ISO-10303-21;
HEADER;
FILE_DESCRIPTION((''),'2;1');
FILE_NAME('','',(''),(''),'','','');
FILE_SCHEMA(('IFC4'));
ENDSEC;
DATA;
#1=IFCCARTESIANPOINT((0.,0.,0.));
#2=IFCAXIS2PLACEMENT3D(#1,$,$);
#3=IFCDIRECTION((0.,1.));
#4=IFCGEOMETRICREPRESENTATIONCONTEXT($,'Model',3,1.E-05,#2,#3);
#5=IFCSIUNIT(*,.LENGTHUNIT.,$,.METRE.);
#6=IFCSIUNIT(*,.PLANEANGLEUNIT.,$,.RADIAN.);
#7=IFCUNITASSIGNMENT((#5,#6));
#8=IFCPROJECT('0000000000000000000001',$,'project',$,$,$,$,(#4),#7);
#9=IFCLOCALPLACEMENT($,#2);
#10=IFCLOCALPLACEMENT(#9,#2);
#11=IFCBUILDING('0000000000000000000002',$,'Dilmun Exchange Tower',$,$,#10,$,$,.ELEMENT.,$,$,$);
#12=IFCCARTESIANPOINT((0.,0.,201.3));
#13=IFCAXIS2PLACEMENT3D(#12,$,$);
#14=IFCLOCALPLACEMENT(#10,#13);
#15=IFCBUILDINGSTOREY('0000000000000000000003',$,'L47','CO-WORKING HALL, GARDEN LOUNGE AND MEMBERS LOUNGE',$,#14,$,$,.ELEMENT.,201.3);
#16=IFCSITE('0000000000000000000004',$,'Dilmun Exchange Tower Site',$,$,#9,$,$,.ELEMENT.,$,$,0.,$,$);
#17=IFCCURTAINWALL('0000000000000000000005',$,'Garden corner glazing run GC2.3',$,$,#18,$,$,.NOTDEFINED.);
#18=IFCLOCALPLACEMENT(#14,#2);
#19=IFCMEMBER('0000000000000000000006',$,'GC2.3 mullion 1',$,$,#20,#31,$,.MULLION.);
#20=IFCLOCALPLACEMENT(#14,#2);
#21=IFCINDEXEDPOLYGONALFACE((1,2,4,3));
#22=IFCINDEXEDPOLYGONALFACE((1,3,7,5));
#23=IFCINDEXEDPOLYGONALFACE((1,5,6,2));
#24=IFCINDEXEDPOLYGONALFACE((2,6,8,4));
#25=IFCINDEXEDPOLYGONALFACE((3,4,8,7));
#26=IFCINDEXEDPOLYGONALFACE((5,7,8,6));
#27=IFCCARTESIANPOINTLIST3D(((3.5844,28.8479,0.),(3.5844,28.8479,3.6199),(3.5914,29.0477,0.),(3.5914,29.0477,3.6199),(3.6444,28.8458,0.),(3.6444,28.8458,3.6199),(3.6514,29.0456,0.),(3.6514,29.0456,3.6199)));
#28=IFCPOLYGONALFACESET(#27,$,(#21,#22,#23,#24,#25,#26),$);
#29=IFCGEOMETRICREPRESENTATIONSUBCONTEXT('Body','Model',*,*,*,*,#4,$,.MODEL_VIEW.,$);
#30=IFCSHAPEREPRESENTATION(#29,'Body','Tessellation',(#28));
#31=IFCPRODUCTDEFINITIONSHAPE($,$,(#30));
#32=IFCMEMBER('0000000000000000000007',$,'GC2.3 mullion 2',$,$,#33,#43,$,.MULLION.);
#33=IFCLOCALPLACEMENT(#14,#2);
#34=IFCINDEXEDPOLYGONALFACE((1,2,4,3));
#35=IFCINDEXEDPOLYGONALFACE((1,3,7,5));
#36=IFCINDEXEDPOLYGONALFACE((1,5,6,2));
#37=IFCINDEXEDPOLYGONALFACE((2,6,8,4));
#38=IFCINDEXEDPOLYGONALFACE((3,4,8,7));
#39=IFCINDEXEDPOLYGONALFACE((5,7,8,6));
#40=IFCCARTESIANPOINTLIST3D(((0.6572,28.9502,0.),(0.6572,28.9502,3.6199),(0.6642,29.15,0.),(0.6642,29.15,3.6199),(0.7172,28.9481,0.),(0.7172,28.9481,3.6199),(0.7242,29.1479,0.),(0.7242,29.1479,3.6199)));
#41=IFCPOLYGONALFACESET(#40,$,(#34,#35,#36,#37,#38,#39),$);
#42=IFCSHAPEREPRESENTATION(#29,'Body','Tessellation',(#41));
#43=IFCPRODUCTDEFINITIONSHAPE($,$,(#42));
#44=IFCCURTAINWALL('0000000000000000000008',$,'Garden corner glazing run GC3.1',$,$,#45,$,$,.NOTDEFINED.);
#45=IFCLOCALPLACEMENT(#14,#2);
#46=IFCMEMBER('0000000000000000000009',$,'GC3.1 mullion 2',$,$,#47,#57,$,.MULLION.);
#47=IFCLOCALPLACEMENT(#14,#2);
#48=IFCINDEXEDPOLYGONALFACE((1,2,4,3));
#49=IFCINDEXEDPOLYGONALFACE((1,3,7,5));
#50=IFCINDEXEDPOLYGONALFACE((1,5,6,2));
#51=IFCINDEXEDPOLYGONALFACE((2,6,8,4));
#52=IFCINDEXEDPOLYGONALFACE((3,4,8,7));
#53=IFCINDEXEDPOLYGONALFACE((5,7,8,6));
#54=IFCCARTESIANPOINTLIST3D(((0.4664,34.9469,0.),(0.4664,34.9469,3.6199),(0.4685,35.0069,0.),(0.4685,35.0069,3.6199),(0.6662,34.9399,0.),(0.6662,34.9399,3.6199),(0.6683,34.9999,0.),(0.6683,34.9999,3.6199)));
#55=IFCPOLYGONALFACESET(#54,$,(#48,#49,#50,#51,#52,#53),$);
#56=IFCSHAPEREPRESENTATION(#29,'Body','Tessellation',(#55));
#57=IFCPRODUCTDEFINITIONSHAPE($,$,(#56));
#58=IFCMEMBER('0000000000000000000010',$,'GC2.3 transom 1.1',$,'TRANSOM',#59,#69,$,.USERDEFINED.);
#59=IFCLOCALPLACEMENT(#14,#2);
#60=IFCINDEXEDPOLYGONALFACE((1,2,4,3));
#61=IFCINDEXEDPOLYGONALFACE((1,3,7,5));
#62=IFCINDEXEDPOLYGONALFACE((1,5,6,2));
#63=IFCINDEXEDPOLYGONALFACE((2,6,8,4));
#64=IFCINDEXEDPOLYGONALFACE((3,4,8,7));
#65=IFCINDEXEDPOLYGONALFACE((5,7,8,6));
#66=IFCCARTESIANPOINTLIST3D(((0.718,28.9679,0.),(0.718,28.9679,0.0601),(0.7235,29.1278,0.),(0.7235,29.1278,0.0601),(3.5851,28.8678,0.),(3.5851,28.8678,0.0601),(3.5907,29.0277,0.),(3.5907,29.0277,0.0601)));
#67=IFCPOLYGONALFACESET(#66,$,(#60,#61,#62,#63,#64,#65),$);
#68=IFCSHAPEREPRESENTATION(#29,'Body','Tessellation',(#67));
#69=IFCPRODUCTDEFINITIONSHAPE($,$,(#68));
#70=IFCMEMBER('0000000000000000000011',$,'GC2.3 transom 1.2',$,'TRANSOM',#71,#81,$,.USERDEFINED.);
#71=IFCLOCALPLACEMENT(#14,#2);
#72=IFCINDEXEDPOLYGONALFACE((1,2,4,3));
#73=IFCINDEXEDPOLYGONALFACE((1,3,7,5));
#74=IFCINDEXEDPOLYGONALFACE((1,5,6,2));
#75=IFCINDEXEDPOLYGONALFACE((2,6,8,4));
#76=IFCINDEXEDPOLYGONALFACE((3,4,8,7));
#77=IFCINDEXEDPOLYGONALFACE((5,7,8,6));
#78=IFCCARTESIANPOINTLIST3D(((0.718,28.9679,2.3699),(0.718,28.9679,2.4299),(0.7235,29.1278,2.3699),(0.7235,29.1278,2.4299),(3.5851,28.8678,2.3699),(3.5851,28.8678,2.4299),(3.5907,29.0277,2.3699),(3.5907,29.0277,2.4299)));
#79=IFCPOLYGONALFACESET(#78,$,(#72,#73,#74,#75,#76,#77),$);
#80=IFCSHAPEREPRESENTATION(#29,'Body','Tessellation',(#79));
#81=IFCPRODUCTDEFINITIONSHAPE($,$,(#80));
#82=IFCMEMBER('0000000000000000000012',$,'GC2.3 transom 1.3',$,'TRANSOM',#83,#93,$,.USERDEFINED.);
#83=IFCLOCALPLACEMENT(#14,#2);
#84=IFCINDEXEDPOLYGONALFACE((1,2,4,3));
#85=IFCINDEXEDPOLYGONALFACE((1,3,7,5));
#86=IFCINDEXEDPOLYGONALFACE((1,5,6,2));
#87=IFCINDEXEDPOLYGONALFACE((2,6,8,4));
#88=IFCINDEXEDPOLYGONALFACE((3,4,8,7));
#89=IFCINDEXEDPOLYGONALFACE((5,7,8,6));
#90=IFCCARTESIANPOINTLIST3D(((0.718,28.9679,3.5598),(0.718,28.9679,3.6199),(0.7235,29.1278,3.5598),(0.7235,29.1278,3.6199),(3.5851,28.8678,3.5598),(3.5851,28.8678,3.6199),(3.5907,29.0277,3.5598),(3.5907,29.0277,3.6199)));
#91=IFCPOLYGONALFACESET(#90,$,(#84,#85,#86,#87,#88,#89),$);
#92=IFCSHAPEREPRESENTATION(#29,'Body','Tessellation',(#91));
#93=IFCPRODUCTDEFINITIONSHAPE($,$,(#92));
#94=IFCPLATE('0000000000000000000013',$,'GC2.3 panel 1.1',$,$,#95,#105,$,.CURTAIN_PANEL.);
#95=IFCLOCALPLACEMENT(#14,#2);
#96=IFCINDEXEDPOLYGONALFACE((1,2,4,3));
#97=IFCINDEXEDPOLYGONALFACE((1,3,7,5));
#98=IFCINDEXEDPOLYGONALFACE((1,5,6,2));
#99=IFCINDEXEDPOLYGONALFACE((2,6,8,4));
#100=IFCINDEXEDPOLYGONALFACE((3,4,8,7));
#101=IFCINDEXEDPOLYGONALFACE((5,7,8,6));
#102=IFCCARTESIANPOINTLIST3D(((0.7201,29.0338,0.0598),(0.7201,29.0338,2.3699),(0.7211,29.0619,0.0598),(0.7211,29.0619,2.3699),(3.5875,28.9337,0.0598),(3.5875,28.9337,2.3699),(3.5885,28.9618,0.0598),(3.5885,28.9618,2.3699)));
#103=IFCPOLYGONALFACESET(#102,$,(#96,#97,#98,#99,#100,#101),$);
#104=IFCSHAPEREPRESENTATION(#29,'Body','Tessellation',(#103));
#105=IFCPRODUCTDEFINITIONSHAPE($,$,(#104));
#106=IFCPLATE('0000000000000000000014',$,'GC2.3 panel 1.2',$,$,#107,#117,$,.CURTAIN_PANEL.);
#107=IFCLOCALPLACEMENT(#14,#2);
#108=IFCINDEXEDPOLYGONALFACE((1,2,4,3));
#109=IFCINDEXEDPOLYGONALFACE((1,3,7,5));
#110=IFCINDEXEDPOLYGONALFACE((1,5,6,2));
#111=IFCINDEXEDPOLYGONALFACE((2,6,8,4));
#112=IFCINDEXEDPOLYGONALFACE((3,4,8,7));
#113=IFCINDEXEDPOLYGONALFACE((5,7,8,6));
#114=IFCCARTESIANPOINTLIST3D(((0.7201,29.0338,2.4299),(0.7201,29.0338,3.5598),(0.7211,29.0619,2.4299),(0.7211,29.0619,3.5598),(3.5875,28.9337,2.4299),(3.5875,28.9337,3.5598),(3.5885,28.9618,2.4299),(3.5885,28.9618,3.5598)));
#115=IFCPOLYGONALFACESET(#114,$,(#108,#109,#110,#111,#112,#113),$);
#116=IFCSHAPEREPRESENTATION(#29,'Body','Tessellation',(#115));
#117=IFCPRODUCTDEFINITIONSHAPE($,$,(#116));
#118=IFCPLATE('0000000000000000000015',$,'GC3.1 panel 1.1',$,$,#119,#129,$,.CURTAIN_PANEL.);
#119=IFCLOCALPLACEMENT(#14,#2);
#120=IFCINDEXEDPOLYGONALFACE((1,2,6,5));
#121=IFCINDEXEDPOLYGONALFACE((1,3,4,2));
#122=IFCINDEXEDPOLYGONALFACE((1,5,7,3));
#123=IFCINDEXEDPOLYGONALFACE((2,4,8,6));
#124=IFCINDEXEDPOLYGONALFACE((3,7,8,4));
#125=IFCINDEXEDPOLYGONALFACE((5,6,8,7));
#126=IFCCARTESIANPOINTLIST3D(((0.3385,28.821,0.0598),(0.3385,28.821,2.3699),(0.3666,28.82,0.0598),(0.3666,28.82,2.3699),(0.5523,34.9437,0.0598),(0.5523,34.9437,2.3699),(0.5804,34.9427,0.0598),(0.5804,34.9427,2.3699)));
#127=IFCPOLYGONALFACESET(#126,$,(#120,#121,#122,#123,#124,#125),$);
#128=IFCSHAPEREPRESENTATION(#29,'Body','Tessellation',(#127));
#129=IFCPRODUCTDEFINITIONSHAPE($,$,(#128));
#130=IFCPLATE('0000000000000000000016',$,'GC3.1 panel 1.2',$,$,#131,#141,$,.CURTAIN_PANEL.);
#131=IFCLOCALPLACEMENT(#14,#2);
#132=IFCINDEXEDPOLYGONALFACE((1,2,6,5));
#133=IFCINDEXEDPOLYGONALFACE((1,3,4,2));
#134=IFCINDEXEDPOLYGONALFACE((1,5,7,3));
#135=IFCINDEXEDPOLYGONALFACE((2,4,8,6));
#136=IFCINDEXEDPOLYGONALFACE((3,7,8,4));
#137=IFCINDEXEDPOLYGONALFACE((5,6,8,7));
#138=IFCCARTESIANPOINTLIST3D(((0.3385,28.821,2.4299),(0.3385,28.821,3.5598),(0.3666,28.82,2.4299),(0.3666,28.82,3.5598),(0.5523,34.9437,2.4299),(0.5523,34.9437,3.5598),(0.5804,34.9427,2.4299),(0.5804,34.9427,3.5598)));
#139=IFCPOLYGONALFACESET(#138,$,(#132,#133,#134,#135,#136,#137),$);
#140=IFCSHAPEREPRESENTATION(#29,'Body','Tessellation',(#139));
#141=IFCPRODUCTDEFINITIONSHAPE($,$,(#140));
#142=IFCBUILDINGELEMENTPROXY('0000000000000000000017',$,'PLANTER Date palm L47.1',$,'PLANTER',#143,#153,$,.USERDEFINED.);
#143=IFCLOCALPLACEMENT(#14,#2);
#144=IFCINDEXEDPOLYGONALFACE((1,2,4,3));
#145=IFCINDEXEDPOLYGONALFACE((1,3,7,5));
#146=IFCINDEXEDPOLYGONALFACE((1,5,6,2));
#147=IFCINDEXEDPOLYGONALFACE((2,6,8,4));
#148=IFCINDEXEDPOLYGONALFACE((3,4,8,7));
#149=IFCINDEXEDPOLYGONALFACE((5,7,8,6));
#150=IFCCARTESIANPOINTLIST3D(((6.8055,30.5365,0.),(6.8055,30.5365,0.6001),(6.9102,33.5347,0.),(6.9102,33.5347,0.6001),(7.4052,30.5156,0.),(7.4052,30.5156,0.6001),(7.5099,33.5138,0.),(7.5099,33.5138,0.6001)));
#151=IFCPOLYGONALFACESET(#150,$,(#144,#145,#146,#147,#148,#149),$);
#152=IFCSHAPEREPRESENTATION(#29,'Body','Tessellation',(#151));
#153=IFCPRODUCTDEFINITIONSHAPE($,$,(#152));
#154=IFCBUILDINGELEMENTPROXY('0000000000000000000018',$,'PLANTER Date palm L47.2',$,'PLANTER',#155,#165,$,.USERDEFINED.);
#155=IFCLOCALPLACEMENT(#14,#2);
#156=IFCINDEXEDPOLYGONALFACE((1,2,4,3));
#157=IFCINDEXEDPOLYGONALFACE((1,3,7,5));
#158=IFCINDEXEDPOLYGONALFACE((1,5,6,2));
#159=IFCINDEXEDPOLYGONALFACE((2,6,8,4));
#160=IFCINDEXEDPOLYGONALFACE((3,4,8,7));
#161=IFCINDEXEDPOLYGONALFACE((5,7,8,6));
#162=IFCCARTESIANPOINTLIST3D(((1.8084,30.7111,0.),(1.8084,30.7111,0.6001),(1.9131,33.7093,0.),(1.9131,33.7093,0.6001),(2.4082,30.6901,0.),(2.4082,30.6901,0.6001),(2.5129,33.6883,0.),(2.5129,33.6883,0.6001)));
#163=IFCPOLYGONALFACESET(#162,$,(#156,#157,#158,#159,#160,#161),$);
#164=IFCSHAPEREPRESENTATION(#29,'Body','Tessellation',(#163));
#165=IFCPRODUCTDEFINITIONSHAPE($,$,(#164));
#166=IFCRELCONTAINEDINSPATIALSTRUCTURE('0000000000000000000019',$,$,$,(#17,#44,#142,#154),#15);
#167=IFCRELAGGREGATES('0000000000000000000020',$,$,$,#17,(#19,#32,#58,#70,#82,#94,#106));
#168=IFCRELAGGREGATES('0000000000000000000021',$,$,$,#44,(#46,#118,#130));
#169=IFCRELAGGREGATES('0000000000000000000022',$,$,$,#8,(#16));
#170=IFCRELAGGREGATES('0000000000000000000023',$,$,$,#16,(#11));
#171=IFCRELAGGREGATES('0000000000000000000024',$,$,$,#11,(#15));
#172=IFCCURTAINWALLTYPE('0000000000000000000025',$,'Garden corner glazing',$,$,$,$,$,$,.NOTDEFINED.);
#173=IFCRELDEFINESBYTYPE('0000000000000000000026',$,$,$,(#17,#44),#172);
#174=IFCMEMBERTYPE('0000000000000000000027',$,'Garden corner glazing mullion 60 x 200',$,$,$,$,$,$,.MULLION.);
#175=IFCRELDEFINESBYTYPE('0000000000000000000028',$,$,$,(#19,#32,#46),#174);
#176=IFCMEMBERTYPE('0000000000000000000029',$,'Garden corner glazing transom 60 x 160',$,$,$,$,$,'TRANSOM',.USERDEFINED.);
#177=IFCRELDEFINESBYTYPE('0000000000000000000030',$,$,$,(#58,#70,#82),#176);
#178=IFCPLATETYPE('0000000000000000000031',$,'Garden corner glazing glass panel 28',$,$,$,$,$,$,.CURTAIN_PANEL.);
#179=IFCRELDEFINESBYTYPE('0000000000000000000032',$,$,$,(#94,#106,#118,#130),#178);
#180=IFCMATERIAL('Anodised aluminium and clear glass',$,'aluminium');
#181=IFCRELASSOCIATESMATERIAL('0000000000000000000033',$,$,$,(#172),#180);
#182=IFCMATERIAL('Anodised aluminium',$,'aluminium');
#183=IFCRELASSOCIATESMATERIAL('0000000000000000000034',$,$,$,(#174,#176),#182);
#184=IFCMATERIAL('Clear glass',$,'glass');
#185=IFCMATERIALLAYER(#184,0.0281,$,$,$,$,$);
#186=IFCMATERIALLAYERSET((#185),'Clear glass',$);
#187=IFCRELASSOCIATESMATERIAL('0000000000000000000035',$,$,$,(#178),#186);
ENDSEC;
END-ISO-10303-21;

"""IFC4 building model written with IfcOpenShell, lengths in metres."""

from ifc_helpers import new_model, si_unit, direction, frame, origin, origin_2d, place, context, subcontext, project, spatial, rectangle, extrude, material, layer, layer_set, material_profile, profile_set, type_object, element, aggregate, save


model = new_model("IFC4")

# Units and contexts
model_context = context("Model", 3, precision=1e-05, world=origin(), true_north=direction((0.0, 1.0)))
body_context = subcontext(model_context, "Body", "Model", "MODEL_VIEW")
ifc_project = project(units=[si_unit("LENGTHUNIT", "METRE"), si_unit("PLANEANGLEUNIT", "RADIAN")], contexts=[model_context])

# Site, building, storey
site_placement = place(None, origin())
site = spatial("IfcSite", under=ifc_project, at=site_placement, Name="Dilmun Exchange Tower Site", CompositionType="ELEMENT", RefElevation=0.0)
building_placement = place(site_placement, origin())
building = spatial("IfcBuilding", under=site, at=building_placement, Name="Dilmun Exchange Tower", CompositionType="ELEMENT")
storey_placement = place(building_placement, frame((0.0, 0.0, 201.3)))
storey = spatial("IfcBuildingStorey", under=building, at=storey_placement, Name="L47", Description="CO-WORKING HALL, GARDEN LOUNGE AND MEMBERS LOUNGE", CompositionType="ELEMENT", Elevation=201.3)

# Curtain wall, members
ifc_material_1 = material(Name="Anodised aluminium and clear glass", Category="aluminium")
curtain_wall_type = type_object("IfcCurtainWallType", Name="Garden corner glazing", PredefinedType="NOTDEFINED", material=ifc_material_1)
curtain_wall_1_placement = place(storey_placement, origin())
curtain_wall_1 = element("IfcCurtainWall", 1, at=curtain_wall_1_placement, inside=storey, type_object=curtain_wall_type, Name="Garden corner glazing run GC2.3", PredefinedType="NOTDEFINED")
ifc_material_2 = material(Name="Anodised aluminium", Category="aluminium")
ifc_material_profile_1 = material_profile(ifc_material_2, rectangle(XDim=0.2, YDim=0.0601, at=origin_2d()), Name="AL 60x200")
ifc_profile_set_1 = profile_set([ifc_material_profile_1], Name="Anodised aluminium")
member_type_1 = type_object("IfcMemberType", Name="Garden corner glazing mullion 60 x 200", PredefinedType="MULLION", material=ifc_profile_set_1)
member_1_placement = place(storey_placement, frame((3.6179, 28.9468, 0.0), z_axis=(0.0, 0.0, 1.0), x_axis=(-0.034894, -0.999391, 0.0)))
member_1 = element("IfcMember", 2, at=member_1_placement, type_object=member_type_1, Name="GC2.3 mullion 1", PredefinedType="MULLION", context=body_context, shape_type="SweptSolid", body=[
    extrude(rectangle(XDim=0.2, YDim=0.0601, at=origin_2d()), origin(), (0.0, 0.0, 1.0), 3.6199),
])
member_2_placement = place(storey_placement, frame((0.6907, 29.0491, 0.0), z_axis=(0.0, 0.0, 1.0), x_axis=(-0.034894, -0.999391, 0.0)))
member_2 = element("IfcMember", 3, at=member_2_placement, type_object=member_type_1, Name="GC2.3 mullion 2", PredefinedType="MULLION", context=body_context, shape_type="SweptSolid", body=[
    extrude(rectangle(XDim=0.2, YDim=0.0601, at=origin_2d()), origin(), (0.0, 0.0, 1.0), 3.6199),
])

# Curtain wall, member
curtain_wall_2_placement = place(storey_placement, origin())
curtain_wall_2 = element("IfcCurtainWall", 4, at=curtain_wall_2_placement, inside=storey, type_object=curtain_wall_type, Name="Garden corner glazing run GC3.1", PredefinedType="NOTDEFINED")
member_3_placement = place(storey_placement, frame((0.5674, 34.9734, 0.0), z_axis=(0.0, 0.0, 1.0), x_axis=(-0.999391, 0.0349, 0.0)))
member_3 = element("IfcMember", 5, at=member_3_placement, type_object=member_type_1, Name="GC3.1 mullion 2", PredefinedType="MULLION", context=body_context, shape_type="SweptSolid", body=[
    extrude(rectangle(XDim=0.2, YDim=0.0601, at=origin_2d()), origin(), (0.0, 0.0, 1.0), 3.6199),
])

# Members
ifc_material_profile_2 = material_profile(ifc_material_2, rectangle(XDim=0.1599, YDim=0.0601, at=origin_2d()), Name="AL 60x160")
ifc_profile_set_2 = profile_set([ifc_material_profile_2], Name="Anodised aluminium")
member_type_2 = type_object("IfcMemberType", Name="Garden corner glazing transom 60 x 160", ElementType="TRANSOM", PredefinedType="USERDEFINED", material=ifc_profile_set_2)
member_4_placement = place(storey_placement, frame((3.5879, 28.9478, 0.03), z_axis=(-0.999391, 0.03489, 0.0), x_axis=(-0.03489, -0.999391, 0.0)))
member_4 = element("IfcMember", 6, at=member_4_placement, type_object=member_type_2, Name="GC2.3 transom 1.1", ObjectType="TRANSOM", PredefinedType="USERDEFINED", context=body_context, shape_type="SweptSolid", body=[
    extrude(rectangle(XDim=0.1599, YDim=0.0601, at=origin_2d()), origin(), (0.0, 0.0, 1.0), 2.8689),
])
member_5_placement = place(storey_placement, frame((3.5879, 28.9478, 2.3999), z_axis=(-0.999391, 0.03489, 0.0), x_axis=(-0.03489, -0.999391, 0.0)))
member_5 = element("IfcMember", 7, at=member_5_placement, type_object=member_type_2, Name="GC2.3 transom 1.2", ObjectType="TRANSOM", PredefinedType="USERDEFINED", context=body_context, shape_type="SweptSolid", body=[
    extrude(rectangle(XDim=0.1599, YDim=0.0601, at=origin_2d()), origin(), (0.0, 0.0, 1.0), 2.8689),
])
member_6_placement = place(storey_placement, frame((3.5879, 28.9478, 3.5898), z_axis=(-0.999391, 0.03489, 0.0), x_axis=(-0.03489, -0.999391, 0.0)))
member_6 = element("IfcMember", 8, at=member_6_placement, type_object=member_type_2, Name="GC2.3 transom 1.3", ObjectType="TRANSOM", PredefinedType="USERDEFINED", context=body_context, shape_type="SweptSolid", body=[
    extrude(rectangle(XDim=0.1599, YDim=0.0601, at=origin_2d()), origin(), (0.0, 0.0, 1.0), 2.8689),
])

# Plates
ifc_material_3 = material(Name="Clear glass", Category="glass")
ifc_layer_1 = layer(ifc_material_3, 0.0281)
ifc_layer_set_1 = layer_set([ifc_layer_1], Name="Clear glass")
plate_type = type_object("IfcPlateType", Name="Garden corner glazing glass panel 28", PredefinedType="CURTAIN_PANEL", material=ifc_layer_set_1)
plate_1_placement = place(storey_placement, frame((2.1543, 28.9978, 0.0598), z_axis=(0.0, 0.0, 1.0), x_axis=(-0.999391, 0.034894, 0.0)))
plate_1 = element("IfcPlate", 9, at=plate_1_placement, type_object=plate_type, Name="GC2.3 panel 1.1", PredefinedType="CURTAIN_PANEL", context=body_context, shape_type="SweptSolid", body=[
    extrude(rectangle(XDim=2.8691, YDim=0.0281, at=origin_2d()), origin(), (0.0, 0.0, 1.0), 2.3101),
])
plate_2_placement = place(storey_placement, frame((2.1543, 28.9978, 2.4299), z_axis=(0.0, 0.0, 1.0), x_axis=(-0.999391, 0.034894, 0.0)))
plate_2 = element("IfcPlate", 10, at=plate_2_placement, type_object=plate_type, Name="GC2.3 panel 1.2", PredefinedType="CURTAIN_PANEL", context=body_context, shape_type="SweptSolid", body=[
    extrude(rectangle(XDim=2.8691, YDim=0.0281, at=origin_2d()), origin(), (0.0, 0.0, 1.0), 1.1299),
])
aggregate(curtain_wall_1, [member_1, member_2, member_4, member_5, member_6, plate_1, plate_2])
plate_3_placement = place(storey_placement, frame((0.4595, 31.8818, 0.0598), z_axis=(0.0, 0.0, 1.0), x_axis=(0.0349, 0.999391, 0.0)))
plate_3 = element("IfcPlate", 11, at=plate_3_placement, type_object=plate_type, Name="GC3.1 panel 1.1", PredefinedType="CURTAIN_PANEL", context=body_context, shape_type="SweptSolid", body=[
    extrude(rectangle(XDim=6.1265, YDim=0.0281, at=origin_2d()), origin(), (0.0, 0.0, 1.0), 2.3101),
])
plate_4_placement = place(storey_placement, frame((0.4595, 31.8818, 2.4299), z_axis=(0.0, 0.0, 1.0), x_axis=(0.0349, 0.999391, 0.0)))
plate_4 = element("IfcPlate", 12, at=plate_4_placement, type_object=plate_type, Name="GC3.1 panel 1.2", PredefinedType="CURTAIN_PANEL", context=body_context, shape_type="SweptSolid", body=[
    extrude(rectangle(XDim=6.1265, YDim=0.0281, at=origin_2d()), origin(), (0.0, 0.0, 1.0), 1.1299),
])
aggregate(curtain_wall_2, [member_3, plate_3, plate_4])

# Building element proxies
for number, where, z_axis, x_axis, name in (
    (13, (7.1577, 32.0251, 0.0), (0.0, 0.0, 1.0), (0.034899, 0.999391, 0.0), "PLANTER Date palm L47.1"),
    (14, (2.1606, 32.1997, 0.0), (0.0, 0.0, 1.0), (0.034899, 0.999391, 0.0), "PLANTER Date palm L47.2"),
):
    element("IfcBuildingElementProxy", number, at=place(storey_placement, frame(where, z_axis=z_axis, x_axis=x_axis)), inside=storey, Name=name, ObjectType="PLANTER", PredefinedType="USERDEFINED", context=body_context, shape_type="SweptSolid", body=[
        extrude(rectangle(XDim=3.0, YDim=0.6001, at=origin_2d()), origin(), (0.0, 0.0, 1.0), 0.6001),
    ])

save(model, "model.ifc")
